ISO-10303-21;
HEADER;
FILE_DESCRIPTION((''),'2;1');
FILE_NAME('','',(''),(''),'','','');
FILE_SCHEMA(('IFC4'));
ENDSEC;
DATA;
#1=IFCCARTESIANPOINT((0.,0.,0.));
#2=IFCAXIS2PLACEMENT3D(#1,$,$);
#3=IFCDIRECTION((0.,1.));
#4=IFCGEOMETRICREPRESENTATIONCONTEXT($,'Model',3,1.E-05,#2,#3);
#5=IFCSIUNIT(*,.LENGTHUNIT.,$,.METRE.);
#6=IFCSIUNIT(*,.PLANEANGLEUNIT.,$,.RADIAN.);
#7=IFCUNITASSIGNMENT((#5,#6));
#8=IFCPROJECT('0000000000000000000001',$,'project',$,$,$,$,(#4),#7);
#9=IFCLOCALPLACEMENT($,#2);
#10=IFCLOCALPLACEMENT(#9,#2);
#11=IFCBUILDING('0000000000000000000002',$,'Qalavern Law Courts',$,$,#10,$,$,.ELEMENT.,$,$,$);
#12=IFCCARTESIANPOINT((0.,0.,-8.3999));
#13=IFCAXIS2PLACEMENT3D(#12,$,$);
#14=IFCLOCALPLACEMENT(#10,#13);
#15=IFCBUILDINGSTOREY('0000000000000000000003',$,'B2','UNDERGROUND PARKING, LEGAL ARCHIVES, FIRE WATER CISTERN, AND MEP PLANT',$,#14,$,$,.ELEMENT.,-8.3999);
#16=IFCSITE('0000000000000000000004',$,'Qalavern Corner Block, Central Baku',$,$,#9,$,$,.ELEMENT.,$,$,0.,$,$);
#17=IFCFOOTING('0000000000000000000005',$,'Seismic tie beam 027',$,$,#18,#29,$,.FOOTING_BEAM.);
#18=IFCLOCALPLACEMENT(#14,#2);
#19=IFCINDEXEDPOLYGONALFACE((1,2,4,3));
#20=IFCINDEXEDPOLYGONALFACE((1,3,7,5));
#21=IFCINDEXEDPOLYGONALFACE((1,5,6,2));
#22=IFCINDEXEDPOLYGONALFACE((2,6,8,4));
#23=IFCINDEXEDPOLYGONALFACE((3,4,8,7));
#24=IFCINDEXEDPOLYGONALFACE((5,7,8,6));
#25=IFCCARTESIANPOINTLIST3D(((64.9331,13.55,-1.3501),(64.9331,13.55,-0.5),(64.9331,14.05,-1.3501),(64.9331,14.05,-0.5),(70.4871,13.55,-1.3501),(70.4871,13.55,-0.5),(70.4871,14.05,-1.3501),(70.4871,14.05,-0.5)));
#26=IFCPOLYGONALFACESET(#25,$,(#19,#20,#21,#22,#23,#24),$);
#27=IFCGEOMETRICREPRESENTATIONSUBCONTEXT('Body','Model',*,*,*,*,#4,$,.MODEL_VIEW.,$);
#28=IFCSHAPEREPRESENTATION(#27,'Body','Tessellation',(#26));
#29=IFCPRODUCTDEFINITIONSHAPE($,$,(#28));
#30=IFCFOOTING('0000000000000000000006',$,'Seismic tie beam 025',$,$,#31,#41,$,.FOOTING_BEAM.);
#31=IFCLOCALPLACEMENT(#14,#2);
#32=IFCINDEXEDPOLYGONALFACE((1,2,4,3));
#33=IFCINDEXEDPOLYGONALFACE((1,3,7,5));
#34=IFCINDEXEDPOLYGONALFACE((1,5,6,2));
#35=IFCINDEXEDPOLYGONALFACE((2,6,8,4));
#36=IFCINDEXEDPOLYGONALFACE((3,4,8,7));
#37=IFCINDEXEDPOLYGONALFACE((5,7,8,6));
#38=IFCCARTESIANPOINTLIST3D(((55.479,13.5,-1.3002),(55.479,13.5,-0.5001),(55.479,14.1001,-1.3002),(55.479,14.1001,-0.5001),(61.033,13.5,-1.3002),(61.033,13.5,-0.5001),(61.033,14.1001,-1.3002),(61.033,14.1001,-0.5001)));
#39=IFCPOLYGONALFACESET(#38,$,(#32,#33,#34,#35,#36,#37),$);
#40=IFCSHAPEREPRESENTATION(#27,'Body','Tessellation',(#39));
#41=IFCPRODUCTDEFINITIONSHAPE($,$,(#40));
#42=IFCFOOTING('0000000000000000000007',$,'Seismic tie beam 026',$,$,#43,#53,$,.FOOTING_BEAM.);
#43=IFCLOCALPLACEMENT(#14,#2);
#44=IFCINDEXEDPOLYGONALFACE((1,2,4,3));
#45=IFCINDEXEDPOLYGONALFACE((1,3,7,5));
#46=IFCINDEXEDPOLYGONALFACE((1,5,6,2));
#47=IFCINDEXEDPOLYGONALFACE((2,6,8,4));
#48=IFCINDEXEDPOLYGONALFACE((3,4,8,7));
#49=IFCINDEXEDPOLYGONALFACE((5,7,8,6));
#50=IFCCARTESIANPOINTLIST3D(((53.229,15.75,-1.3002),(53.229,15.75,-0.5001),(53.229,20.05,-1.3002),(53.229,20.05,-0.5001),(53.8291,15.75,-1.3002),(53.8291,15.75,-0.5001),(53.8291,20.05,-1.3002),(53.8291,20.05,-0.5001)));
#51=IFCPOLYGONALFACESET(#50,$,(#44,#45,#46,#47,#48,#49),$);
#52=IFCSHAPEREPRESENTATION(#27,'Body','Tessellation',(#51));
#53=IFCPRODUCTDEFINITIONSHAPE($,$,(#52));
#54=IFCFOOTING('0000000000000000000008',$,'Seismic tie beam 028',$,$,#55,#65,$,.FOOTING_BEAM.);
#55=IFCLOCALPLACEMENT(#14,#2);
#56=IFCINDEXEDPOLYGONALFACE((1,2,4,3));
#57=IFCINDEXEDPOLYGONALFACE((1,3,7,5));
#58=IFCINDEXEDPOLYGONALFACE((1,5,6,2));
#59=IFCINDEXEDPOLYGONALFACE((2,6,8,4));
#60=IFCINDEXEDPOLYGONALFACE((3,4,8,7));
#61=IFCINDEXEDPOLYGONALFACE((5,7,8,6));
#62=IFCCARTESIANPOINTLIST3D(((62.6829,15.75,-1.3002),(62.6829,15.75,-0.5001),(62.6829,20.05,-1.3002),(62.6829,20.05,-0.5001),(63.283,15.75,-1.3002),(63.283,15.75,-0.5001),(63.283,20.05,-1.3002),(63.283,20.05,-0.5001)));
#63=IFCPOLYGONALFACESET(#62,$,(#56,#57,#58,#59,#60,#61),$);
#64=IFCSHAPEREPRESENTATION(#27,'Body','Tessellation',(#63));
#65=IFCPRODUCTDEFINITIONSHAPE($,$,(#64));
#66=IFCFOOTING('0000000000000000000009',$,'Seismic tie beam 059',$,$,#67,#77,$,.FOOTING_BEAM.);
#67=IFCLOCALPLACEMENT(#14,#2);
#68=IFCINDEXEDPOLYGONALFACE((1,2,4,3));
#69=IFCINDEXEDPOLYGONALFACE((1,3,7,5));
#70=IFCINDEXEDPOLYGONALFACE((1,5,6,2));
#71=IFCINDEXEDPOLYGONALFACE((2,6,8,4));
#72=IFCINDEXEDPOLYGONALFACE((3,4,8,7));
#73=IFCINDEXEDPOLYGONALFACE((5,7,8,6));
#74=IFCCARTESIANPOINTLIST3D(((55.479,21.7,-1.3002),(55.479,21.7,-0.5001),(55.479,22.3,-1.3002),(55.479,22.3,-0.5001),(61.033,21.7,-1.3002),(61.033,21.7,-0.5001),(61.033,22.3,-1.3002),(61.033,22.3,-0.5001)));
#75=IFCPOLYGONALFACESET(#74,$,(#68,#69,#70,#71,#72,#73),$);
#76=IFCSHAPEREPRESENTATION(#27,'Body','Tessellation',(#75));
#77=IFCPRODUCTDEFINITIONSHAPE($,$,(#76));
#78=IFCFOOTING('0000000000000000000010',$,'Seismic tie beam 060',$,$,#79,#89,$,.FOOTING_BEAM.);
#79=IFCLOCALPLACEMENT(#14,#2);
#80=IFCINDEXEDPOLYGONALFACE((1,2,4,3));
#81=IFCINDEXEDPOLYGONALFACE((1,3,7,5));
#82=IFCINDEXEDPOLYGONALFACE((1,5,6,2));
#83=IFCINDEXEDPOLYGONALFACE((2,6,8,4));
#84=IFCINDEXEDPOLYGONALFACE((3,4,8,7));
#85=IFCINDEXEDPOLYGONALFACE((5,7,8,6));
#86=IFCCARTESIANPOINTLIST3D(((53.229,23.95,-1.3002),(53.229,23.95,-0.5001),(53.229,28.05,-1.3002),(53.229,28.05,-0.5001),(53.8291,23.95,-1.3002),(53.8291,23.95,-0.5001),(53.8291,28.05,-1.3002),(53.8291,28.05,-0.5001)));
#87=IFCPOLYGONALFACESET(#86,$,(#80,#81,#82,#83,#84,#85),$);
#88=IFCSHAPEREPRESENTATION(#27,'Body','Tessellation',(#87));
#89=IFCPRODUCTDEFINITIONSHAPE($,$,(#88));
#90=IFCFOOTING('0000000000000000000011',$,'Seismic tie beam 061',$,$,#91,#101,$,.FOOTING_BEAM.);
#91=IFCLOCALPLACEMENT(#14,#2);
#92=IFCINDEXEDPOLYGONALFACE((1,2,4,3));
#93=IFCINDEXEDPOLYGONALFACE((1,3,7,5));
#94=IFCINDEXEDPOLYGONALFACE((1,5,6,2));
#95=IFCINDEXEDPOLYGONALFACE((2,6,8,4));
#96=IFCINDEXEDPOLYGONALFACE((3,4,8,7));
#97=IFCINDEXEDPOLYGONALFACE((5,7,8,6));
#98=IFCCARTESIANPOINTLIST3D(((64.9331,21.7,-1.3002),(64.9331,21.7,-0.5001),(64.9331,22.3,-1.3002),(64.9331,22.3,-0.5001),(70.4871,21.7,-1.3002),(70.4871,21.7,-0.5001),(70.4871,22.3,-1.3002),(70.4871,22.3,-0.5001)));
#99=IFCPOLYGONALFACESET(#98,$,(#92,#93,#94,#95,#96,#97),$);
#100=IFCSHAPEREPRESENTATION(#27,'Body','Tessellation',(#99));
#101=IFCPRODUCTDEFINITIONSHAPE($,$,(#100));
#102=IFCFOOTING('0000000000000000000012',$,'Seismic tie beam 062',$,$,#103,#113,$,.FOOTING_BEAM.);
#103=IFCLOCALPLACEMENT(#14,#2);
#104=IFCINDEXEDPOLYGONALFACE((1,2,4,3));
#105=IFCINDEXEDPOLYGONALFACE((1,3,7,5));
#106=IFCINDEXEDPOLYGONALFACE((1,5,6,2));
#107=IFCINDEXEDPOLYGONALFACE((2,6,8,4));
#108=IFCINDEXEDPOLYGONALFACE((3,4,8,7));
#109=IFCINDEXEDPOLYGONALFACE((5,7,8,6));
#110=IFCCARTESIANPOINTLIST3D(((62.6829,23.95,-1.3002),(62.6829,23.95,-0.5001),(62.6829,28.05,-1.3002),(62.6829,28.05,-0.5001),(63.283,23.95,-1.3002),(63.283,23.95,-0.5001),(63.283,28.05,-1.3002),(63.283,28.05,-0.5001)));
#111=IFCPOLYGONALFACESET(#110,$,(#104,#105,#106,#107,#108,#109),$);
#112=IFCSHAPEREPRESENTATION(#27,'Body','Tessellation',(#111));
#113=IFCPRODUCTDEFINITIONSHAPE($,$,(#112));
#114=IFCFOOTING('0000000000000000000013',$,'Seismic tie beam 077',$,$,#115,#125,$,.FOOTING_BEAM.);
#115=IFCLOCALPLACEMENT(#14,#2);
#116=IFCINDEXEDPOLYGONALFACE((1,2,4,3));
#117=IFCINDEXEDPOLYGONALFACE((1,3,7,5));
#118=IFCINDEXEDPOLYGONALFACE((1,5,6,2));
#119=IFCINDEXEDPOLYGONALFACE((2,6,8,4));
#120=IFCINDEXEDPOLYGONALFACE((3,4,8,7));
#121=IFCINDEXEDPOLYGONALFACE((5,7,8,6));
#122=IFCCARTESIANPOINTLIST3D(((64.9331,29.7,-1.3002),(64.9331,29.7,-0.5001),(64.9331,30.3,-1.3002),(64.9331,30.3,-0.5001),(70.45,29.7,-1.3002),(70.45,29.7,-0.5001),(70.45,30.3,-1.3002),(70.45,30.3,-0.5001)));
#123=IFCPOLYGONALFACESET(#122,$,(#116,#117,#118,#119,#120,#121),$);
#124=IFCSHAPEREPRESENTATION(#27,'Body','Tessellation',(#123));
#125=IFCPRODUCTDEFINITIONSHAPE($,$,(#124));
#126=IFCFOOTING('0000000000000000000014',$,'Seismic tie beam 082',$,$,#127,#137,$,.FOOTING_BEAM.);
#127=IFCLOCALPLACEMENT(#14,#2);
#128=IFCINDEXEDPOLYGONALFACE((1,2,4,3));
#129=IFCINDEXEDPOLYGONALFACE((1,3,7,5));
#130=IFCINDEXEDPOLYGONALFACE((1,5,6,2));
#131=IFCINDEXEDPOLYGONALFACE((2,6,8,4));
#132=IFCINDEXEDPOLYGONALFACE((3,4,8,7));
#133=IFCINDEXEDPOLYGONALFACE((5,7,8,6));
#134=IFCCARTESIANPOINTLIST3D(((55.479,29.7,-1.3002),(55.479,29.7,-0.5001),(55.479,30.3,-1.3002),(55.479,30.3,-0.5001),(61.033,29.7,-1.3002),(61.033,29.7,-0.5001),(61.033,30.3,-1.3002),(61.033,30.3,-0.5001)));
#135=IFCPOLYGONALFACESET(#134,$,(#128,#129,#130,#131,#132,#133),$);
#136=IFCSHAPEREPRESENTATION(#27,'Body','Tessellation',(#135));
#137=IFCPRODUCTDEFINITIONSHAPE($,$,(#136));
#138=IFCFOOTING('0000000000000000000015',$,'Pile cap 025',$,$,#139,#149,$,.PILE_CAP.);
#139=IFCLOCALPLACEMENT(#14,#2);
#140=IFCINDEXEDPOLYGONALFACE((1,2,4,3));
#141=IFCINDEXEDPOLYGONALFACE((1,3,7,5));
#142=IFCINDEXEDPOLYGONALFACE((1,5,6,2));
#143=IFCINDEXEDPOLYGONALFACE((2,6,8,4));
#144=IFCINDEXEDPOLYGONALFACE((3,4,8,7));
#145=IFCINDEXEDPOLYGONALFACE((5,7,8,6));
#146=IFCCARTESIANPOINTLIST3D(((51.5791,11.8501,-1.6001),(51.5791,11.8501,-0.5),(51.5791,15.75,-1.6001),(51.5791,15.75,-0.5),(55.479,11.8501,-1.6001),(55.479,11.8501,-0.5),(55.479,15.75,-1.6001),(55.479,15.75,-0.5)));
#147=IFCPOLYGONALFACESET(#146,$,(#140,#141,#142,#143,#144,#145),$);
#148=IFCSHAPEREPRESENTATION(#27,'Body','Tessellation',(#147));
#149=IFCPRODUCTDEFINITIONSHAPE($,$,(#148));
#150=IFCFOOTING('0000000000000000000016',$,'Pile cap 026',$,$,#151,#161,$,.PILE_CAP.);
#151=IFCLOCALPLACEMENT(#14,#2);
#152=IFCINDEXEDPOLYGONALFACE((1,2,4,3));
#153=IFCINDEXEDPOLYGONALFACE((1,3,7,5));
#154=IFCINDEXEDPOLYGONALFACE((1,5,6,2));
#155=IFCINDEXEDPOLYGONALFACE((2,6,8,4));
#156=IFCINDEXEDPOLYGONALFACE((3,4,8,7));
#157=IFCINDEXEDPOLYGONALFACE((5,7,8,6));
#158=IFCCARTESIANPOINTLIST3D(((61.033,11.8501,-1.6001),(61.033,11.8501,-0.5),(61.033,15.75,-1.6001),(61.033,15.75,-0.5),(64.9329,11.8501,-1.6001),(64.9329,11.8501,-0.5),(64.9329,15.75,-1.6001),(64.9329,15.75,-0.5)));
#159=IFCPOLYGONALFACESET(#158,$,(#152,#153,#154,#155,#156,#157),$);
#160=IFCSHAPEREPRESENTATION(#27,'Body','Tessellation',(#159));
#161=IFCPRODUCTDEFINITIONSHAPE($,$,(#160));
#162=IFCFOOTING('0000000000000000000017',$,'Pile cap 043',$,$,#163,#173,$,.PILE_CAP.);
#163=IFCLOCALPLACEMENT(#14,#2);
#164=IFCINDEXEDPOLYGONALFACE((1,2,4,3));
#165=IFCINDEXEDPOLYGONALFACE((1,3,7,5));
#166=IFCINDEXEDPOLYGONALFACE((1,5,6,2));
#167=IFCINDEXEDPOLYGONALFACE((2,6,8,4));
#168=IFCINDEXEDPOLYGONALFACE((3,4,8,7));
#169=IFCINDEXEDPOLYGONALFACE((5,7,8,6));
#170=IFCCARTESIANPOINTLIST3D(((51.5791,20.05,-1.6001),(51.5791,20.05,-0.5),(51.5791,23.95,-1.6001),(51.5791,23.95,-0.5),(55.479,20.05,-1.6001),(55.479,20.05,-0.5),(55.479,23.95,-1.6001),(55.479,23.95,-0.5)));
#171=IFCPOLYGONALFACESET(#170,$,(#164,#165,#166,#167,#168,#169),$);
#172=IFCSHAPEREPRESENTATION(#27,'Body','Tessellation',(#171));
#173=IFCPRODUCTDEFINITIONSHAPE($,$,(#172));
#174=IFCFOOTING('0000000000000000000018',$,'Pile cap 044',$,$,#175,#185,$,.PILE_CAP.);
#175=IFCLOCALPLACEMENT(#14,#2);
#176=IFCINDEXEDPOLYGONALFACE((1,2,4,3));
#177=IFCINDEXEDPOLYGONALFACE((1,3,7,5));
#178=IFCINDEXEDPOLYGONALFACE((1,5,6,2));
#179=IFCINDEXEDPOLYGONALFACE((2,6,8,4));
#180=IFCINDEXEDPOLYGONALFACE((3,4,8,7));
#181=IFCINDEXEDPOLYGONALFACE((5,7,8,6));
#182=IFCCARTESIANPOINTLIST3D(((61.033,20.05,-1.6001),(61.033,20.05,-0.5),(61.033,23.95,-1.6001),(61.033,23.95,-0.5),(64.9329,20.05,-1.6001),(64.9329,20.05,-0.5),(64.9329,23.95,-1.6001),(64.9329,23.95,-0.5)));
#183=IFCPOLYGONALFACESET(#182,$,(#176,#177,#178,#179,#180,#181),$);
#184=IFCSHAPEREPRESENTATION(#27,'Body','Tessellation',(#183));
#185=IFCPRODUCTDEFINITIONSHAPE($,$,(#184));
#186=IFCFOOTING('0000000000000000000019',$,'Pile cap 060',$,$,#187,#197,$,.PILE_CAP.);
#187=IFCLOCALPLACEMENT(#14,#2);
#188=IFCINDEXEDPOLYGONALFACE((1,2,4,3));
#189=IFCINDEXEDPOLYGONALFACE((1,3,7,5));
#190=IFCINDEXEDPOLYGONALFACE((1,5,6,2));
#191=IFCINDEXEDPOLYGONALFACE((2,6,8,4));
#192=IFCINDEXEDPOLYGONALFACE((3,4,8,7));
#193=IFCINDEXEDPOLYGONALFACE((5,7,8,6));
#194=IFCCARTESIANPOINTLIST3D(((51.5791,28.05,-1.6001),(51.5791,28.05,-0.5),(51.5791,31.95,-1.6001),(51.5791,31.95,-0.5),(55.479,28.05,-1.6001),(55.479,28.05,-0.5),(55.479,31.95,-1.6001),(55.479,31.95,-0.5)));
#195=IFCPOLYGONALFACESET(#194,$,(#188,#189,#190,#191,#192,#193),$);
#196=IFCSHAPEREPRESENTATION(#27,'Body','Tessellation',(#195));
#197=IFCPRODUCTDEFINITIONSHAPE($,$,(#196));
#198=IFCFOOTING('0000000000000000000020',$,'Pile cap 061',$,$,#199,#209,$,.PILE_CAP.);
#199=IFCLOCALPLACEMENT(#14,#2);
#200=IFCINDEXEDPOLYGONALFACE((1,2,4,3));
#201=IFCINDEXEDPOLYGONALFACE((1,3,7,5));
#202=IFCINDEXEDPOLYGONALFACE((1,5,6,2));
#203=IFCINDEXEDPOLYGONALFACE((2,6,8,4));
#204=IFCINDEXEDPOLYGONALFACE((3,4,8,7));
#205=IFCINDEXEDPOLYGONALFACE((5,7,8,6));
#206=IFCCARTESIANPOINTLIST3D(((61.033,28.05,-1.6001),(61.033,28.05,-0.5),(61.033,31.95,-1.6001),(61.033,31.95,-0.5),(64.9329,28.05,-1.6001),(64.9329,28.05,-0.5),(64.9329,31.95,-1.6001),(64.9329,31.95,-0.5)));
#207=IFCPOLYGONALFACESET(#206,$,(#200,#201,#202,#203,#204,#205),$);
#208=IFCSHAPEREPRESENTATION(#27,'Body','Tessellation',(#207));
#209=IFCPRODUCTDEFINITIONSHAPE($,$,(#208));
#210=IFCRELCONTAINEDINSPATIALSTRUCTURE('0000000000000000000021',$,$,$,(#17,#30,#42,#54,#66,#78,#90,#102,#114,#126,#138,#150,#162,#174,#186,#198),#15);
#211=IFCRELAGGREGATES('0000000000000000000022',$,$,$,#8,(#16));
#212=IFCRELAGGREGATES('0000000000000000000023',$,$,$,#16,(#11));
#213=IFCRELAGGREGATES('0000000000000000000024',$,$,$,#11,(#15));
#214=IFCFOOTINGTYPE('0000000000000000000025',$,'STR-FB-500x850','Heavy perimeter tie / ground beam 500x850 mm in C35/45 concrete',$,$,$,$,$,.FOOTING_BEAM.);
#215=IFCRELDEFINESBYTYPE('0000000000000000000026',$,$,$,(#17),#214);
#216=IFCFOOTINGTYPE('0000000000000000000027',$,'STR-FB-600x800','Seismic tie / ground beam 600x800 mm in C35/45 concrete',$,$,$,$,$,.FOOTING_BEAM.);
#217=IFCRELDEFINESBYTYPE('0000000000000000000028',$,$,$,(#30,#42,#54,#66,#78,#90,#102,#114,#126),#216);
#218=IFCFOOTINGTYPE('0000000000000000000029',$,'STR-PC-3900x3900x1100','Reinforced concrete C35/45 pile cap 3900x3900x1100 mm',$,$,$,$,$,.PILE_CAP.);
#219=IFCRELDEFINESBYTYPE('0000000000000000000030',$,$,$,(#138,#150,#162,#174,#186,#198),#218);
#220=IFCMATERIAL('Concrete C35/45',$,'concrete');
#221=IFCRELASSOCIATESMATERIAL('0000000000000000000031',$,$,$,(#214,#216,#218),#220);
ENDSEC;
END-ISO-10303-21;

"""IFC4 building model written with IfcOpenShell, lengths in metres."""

from ifc_helpers import new_model, si_unit, direction, frame, origin, origin_2d, place, context, subcontext, project, spatial, rectangle, extrude, material, material_profile, profile_set, type_object, element, save


model = new_model("IFC4")

# Units and contexts
model_context = context("Model", 3, precision=1e-05, world=origin(), true_north=direction((0.0, 1.0)))
body_context = subcontext(model_context, "Body", "Model", "MODEL_VIEW")
ifc_project = project(units=[si_unit("LENGTHUNIT", "METRE"), si_unit("PLANEANGLEUNIT", "RADIAN")], contexts=[model_context])

# Site, building, storey
site_placement = place(None, origin())
site = spatial("IfcSite", under=ifc_project, at=site_placement, Name="Qalavern Corner Block, Central Baku", CompositionType="ELEMENT", RefElevation=0.0)
building_placement = place(site_placement, origin())
building = spatial("IfcBuilding", under=site, at=building_placement, Name="Qalavern Law Courts", CompositionType="ELEMENT")
storey_placement = place(building_placement, frame((0.0, 0.0, -8.3999)))
storey = spatial("IfcBuildingStorey", under=building, at=storey_placement, Name="B2", Description="UNDERGROUND PARKING, LEGAL ARCHIVES, FIRE WATER CISTERN, AND MEP PLANT", CompositionType="ELEMENT", Elevation=-8.3999)

# Footings
ifc_material_1 = material(Name="Concrete C35/45", Category="concrete")
ifc_material_profile_1 = material_profile(ifc_material_1, rectangle(XDim=0.5, YDim=0.8501, at=origin_2d()), Name="RC 500x850")
ifc_profile_set_1 = profile_set([ifc_material_profile_1], Name="Concrete C35/45")
footing_type_1 = type_object("IfcFootingType", Name="STR-FB-500x850", Description="Heavy perimeter tie / ground beam 500x850 mm in C35/45 concrete", PredefinedType="FOOTING_BEAM", material=ifc_profile_set_1)
footing_1_placement = place(storey_placement, frame((64.9331, 13.8, -0.925), z_axis=(1.0, 0.0, 0.0), x_axis=(0.0, 1.0, 0.0)))
element("IfcFooting", 1, at=footing_1_placement, inside=storey, type_object=footing_type_1, Name="Seismic tie beam 027", PredefinedType="FOOTING_BEAM", context=body_context, shape_type="SweptSolid", body=[
    extrude(rectangle(XDim=0.5, YDim=0.8501, at=origin_2d()), origin(), (0.0, 0.0, 1.0), 5.554),
])
ifc_material_profile_2 = material_profile(ifc_material_1, rectangle(XDim=0.6001, YDim=0.8, at=origin_2d()), Name="RC 600x800")
ifc_profile_set_2 = profile_set([ifc_material_profile_2], Name="Concrete C35/45")
footing_type_2 = type_object("IfcFootingType", Name="STR-FB-600x800", Description="Seismic tie / ground beam 600x800 mm in C35/45 concrete", PredefinedType="FOOTING_BEAM", material=ifc_profile_set_2)
footing_2_placement = place(storey_placement, frame((55.479, 13.8, -0.9001), z_axis=(1.0, 0.0, 0.0), x_axis=(0.0, 1.0, 0.0)))
element("IfcFooting", 2, at=footing_2_placement, inside=storey, type_object=footing_type_2, Name="Seismic tie beam 025", PredefinedType="FOOTING_BEAM", context=body_context, shape_type="SweptSolid", body=[
    extrude(rectangle(XDim=0.6001, YDim=0.8, at=origin_2d()), origin(), (0.0, 0.0, 1.0), 5.554),
])
for number, where, z_axis, x_axis, name in (
    (3, (53.5291, 15.75, -0.9001), (0.0, 1.0, 0.0), (-1.0, 0.0, 0.0), "Seismic tie beam 026"),
    (4, (62.9829, 15.75, -0.9001), (0.0, 1.0, 0.0), (-1.0, 0.0, 0.0), "Seismic tie beam 028"),
):
    element("IfcFooting", number, at=place(storey_placement, frame(where, z_axis=z_axis, x_axis=x_axis)), inside=storey, type_object=footing_type_2, Name=name, PredefinedType="FOOTING_BEAM", context=body_context, shape_type="SweptSolid", body=[
        extrude(rectangle(XDim=0.6001, YDim=0.8, at=origin_2d()), origin(), (0.0, 0.0, 1.0), 4.3),
    ])
footing_3_placement = place(storey_placement, frame((55.479, 22.0, -0.9001), z_axis=(1.0, 0.0, 0.0), x_axis=(0.0, 1.0, 0.0)))
element("IfcFooting", 5, at=footing_3_placement, inside=storey, type_object=footing_type_2, Name="Seismic tie beam 059", PredefinedType="FOOTING_BEAM", context=body_context, shape_type="SweptSolid", body=[
    extrude(rectangle(XDim=0.6001, YDim=0.8, at=origin_2d()), origin(), (0.0, 0.0, 1.0), 5.554),
])
footing_4_placement = place(storey_placement, frame((53.5291, 23.95, -0.9001), z_axis=(0.0, 1.0, 0.0), x_axis=(-1.0, 0.0, 0.0)))
element("IfcFooting", 6, at=footing_4_placement, inside=storey, type_object=footing_type_2, Name="Seismic tie beam 060", PredefinedType="FOOTING_BEAM", context=body_context, shape_type="SweptSolid", body=[
    extrude(rectangle(XDim=0.6001, YDim=0.8, at=origin_2d()), origin(), (0.0, 0.0, 1.0), 4.1001),
])
footing_5_placement = place(storey_placement, frame((64.9331, 22.0, -0.9001), z_axis=(1.0, 0.0, 0.0), x_axis=(0.0, 1.0, 0.0)))
element("IfcFooting", 7, at=footing_5_placement, inside=storey, type_object=footing_type_2, Name="Seismic tie beam 061", PredefinedType="FOOTING_BEAM", context=body_context, shape_type="SweptSolid", body=[
    extrude(rectangle(XDim=0.6001, YDim=0.8, at=origin_2d()), origin(), (0.0, 0.0, 1.0), 5.554),
])
footing_6_placement = place(storey_placement, frame((62.9829, 23.95, -0.9001), z_axis=(0.0, 1.0, 0.0), x_axis=(-1.0, 0.0, 0.0)))
element("IfcFooting", 8, at=footing_6_placement, inside=storey, type_object=footing_type_2, Name="Seismic tie beam 062", PredefinedType="FOOTING_BEAM", context=body_context, shape_type="SweptSolid", body=[
    extrude(rectangle(XDim=0.6001, YDim=0.8, at=origin_2d()), origin(), (0.0, 0.0, 1.0), 4.1001),
])
footing_7_placement = place(storey_placement, frame((64.9331, 30.0, -0.9001), z_axis=(1.0, 0.0, 0.0), x_axis=(0.0, 1.0, 0.0)))
element("IfcFooting", 9, at=footing_7_placement, inside=storey, type_object=footing_type_2, Name="Seismic tie beam 077", PredefinedType="FOOTING_BEAM", context=body_context, shape_type="SweptSolid", body=[
    extrude(rectangle(XDim=0.6001, YDim=0.8, at=origin_2d()), origin(), (0.0, 0.0, 1.0), 5.5168),
])
footing_8_placement = place(storey_placement, frame((55.479, 30.0, -0.9001), z_axis=(1.0, 0.0, 0.0), x_axis=(0.0, 1.0, 0.0)))
element("IfcFooting", 10, at=footing_8_placement, inside=storey, type_object=footing_type_2, Name="Seismic tie beam 082", PredefinedType="FOOTING_BEAM", context=body_context, shape_type="SweptSolid", body=[
    extrude(rectangle(XDim=0.6001, YDim=0.8, at=origin_2d()), origin(), (0.0, 0.0, 1.0), 5.554),
])
footing_type_3 = type_object("IfcFootingType", Name="STR-PC-3900x3900x1100", Description="Reinforced concrete C35/45 pile cap 3900x3900x1100 mm", PredefinedType="PILE_CAP", material=ifc_material_1)
for number, where, z_axis, x_axis, name in (
    (11, (53.5291, 13.8, -1.6001), (0.0, 0.0, 1.0), (1.0, 0.0, 0.0), "Pile cap 025"),
    (12, (62.9829, 13.8, -1.6001), (0.0, 0.0, 1.0), (1.0, 0.0, 0.0), "Pile cap 026"),
    (13, (53.5291, 22.0, -1.6001), (0.0, 0.0, 1.0), (1.0, 0.0, 0.0), "Pile cap 043"),
    (14, (62.9829, 22.0, -1.6001), (0.0, 0.0, 1.0), (1.0, 0.0, 0.0), "Pile cap 044"),
    (15, (53.5291, 30.0, -1.6001), (0.0, 0.0, 1.0), (1.0, 0.0, 0.0), "Pile cap 060"),
    (16, (62.9829, 30.0, -1.6001), (0.0, 0.0, 1.0), (1.0, 0.0, 0.0), "Pile cap 061"),
):
    element("IfcFooting", number, at=place(storey_placement, frame(where, z_axis=z_axis, x_axis=x_axis)), inside=storey, type_object=footing_type_3, Name=name, PredefinedType="PILE_CAP", context=body_context, shape_type="SweptSolid", body=[
        extrude(rectangle(XDim=3.8999, YDim=3.8999, at=origin_2d()), origin(), (0.0, 0.0, 1.0), 1.1001),
    ])

save(model, "model.ifc")
